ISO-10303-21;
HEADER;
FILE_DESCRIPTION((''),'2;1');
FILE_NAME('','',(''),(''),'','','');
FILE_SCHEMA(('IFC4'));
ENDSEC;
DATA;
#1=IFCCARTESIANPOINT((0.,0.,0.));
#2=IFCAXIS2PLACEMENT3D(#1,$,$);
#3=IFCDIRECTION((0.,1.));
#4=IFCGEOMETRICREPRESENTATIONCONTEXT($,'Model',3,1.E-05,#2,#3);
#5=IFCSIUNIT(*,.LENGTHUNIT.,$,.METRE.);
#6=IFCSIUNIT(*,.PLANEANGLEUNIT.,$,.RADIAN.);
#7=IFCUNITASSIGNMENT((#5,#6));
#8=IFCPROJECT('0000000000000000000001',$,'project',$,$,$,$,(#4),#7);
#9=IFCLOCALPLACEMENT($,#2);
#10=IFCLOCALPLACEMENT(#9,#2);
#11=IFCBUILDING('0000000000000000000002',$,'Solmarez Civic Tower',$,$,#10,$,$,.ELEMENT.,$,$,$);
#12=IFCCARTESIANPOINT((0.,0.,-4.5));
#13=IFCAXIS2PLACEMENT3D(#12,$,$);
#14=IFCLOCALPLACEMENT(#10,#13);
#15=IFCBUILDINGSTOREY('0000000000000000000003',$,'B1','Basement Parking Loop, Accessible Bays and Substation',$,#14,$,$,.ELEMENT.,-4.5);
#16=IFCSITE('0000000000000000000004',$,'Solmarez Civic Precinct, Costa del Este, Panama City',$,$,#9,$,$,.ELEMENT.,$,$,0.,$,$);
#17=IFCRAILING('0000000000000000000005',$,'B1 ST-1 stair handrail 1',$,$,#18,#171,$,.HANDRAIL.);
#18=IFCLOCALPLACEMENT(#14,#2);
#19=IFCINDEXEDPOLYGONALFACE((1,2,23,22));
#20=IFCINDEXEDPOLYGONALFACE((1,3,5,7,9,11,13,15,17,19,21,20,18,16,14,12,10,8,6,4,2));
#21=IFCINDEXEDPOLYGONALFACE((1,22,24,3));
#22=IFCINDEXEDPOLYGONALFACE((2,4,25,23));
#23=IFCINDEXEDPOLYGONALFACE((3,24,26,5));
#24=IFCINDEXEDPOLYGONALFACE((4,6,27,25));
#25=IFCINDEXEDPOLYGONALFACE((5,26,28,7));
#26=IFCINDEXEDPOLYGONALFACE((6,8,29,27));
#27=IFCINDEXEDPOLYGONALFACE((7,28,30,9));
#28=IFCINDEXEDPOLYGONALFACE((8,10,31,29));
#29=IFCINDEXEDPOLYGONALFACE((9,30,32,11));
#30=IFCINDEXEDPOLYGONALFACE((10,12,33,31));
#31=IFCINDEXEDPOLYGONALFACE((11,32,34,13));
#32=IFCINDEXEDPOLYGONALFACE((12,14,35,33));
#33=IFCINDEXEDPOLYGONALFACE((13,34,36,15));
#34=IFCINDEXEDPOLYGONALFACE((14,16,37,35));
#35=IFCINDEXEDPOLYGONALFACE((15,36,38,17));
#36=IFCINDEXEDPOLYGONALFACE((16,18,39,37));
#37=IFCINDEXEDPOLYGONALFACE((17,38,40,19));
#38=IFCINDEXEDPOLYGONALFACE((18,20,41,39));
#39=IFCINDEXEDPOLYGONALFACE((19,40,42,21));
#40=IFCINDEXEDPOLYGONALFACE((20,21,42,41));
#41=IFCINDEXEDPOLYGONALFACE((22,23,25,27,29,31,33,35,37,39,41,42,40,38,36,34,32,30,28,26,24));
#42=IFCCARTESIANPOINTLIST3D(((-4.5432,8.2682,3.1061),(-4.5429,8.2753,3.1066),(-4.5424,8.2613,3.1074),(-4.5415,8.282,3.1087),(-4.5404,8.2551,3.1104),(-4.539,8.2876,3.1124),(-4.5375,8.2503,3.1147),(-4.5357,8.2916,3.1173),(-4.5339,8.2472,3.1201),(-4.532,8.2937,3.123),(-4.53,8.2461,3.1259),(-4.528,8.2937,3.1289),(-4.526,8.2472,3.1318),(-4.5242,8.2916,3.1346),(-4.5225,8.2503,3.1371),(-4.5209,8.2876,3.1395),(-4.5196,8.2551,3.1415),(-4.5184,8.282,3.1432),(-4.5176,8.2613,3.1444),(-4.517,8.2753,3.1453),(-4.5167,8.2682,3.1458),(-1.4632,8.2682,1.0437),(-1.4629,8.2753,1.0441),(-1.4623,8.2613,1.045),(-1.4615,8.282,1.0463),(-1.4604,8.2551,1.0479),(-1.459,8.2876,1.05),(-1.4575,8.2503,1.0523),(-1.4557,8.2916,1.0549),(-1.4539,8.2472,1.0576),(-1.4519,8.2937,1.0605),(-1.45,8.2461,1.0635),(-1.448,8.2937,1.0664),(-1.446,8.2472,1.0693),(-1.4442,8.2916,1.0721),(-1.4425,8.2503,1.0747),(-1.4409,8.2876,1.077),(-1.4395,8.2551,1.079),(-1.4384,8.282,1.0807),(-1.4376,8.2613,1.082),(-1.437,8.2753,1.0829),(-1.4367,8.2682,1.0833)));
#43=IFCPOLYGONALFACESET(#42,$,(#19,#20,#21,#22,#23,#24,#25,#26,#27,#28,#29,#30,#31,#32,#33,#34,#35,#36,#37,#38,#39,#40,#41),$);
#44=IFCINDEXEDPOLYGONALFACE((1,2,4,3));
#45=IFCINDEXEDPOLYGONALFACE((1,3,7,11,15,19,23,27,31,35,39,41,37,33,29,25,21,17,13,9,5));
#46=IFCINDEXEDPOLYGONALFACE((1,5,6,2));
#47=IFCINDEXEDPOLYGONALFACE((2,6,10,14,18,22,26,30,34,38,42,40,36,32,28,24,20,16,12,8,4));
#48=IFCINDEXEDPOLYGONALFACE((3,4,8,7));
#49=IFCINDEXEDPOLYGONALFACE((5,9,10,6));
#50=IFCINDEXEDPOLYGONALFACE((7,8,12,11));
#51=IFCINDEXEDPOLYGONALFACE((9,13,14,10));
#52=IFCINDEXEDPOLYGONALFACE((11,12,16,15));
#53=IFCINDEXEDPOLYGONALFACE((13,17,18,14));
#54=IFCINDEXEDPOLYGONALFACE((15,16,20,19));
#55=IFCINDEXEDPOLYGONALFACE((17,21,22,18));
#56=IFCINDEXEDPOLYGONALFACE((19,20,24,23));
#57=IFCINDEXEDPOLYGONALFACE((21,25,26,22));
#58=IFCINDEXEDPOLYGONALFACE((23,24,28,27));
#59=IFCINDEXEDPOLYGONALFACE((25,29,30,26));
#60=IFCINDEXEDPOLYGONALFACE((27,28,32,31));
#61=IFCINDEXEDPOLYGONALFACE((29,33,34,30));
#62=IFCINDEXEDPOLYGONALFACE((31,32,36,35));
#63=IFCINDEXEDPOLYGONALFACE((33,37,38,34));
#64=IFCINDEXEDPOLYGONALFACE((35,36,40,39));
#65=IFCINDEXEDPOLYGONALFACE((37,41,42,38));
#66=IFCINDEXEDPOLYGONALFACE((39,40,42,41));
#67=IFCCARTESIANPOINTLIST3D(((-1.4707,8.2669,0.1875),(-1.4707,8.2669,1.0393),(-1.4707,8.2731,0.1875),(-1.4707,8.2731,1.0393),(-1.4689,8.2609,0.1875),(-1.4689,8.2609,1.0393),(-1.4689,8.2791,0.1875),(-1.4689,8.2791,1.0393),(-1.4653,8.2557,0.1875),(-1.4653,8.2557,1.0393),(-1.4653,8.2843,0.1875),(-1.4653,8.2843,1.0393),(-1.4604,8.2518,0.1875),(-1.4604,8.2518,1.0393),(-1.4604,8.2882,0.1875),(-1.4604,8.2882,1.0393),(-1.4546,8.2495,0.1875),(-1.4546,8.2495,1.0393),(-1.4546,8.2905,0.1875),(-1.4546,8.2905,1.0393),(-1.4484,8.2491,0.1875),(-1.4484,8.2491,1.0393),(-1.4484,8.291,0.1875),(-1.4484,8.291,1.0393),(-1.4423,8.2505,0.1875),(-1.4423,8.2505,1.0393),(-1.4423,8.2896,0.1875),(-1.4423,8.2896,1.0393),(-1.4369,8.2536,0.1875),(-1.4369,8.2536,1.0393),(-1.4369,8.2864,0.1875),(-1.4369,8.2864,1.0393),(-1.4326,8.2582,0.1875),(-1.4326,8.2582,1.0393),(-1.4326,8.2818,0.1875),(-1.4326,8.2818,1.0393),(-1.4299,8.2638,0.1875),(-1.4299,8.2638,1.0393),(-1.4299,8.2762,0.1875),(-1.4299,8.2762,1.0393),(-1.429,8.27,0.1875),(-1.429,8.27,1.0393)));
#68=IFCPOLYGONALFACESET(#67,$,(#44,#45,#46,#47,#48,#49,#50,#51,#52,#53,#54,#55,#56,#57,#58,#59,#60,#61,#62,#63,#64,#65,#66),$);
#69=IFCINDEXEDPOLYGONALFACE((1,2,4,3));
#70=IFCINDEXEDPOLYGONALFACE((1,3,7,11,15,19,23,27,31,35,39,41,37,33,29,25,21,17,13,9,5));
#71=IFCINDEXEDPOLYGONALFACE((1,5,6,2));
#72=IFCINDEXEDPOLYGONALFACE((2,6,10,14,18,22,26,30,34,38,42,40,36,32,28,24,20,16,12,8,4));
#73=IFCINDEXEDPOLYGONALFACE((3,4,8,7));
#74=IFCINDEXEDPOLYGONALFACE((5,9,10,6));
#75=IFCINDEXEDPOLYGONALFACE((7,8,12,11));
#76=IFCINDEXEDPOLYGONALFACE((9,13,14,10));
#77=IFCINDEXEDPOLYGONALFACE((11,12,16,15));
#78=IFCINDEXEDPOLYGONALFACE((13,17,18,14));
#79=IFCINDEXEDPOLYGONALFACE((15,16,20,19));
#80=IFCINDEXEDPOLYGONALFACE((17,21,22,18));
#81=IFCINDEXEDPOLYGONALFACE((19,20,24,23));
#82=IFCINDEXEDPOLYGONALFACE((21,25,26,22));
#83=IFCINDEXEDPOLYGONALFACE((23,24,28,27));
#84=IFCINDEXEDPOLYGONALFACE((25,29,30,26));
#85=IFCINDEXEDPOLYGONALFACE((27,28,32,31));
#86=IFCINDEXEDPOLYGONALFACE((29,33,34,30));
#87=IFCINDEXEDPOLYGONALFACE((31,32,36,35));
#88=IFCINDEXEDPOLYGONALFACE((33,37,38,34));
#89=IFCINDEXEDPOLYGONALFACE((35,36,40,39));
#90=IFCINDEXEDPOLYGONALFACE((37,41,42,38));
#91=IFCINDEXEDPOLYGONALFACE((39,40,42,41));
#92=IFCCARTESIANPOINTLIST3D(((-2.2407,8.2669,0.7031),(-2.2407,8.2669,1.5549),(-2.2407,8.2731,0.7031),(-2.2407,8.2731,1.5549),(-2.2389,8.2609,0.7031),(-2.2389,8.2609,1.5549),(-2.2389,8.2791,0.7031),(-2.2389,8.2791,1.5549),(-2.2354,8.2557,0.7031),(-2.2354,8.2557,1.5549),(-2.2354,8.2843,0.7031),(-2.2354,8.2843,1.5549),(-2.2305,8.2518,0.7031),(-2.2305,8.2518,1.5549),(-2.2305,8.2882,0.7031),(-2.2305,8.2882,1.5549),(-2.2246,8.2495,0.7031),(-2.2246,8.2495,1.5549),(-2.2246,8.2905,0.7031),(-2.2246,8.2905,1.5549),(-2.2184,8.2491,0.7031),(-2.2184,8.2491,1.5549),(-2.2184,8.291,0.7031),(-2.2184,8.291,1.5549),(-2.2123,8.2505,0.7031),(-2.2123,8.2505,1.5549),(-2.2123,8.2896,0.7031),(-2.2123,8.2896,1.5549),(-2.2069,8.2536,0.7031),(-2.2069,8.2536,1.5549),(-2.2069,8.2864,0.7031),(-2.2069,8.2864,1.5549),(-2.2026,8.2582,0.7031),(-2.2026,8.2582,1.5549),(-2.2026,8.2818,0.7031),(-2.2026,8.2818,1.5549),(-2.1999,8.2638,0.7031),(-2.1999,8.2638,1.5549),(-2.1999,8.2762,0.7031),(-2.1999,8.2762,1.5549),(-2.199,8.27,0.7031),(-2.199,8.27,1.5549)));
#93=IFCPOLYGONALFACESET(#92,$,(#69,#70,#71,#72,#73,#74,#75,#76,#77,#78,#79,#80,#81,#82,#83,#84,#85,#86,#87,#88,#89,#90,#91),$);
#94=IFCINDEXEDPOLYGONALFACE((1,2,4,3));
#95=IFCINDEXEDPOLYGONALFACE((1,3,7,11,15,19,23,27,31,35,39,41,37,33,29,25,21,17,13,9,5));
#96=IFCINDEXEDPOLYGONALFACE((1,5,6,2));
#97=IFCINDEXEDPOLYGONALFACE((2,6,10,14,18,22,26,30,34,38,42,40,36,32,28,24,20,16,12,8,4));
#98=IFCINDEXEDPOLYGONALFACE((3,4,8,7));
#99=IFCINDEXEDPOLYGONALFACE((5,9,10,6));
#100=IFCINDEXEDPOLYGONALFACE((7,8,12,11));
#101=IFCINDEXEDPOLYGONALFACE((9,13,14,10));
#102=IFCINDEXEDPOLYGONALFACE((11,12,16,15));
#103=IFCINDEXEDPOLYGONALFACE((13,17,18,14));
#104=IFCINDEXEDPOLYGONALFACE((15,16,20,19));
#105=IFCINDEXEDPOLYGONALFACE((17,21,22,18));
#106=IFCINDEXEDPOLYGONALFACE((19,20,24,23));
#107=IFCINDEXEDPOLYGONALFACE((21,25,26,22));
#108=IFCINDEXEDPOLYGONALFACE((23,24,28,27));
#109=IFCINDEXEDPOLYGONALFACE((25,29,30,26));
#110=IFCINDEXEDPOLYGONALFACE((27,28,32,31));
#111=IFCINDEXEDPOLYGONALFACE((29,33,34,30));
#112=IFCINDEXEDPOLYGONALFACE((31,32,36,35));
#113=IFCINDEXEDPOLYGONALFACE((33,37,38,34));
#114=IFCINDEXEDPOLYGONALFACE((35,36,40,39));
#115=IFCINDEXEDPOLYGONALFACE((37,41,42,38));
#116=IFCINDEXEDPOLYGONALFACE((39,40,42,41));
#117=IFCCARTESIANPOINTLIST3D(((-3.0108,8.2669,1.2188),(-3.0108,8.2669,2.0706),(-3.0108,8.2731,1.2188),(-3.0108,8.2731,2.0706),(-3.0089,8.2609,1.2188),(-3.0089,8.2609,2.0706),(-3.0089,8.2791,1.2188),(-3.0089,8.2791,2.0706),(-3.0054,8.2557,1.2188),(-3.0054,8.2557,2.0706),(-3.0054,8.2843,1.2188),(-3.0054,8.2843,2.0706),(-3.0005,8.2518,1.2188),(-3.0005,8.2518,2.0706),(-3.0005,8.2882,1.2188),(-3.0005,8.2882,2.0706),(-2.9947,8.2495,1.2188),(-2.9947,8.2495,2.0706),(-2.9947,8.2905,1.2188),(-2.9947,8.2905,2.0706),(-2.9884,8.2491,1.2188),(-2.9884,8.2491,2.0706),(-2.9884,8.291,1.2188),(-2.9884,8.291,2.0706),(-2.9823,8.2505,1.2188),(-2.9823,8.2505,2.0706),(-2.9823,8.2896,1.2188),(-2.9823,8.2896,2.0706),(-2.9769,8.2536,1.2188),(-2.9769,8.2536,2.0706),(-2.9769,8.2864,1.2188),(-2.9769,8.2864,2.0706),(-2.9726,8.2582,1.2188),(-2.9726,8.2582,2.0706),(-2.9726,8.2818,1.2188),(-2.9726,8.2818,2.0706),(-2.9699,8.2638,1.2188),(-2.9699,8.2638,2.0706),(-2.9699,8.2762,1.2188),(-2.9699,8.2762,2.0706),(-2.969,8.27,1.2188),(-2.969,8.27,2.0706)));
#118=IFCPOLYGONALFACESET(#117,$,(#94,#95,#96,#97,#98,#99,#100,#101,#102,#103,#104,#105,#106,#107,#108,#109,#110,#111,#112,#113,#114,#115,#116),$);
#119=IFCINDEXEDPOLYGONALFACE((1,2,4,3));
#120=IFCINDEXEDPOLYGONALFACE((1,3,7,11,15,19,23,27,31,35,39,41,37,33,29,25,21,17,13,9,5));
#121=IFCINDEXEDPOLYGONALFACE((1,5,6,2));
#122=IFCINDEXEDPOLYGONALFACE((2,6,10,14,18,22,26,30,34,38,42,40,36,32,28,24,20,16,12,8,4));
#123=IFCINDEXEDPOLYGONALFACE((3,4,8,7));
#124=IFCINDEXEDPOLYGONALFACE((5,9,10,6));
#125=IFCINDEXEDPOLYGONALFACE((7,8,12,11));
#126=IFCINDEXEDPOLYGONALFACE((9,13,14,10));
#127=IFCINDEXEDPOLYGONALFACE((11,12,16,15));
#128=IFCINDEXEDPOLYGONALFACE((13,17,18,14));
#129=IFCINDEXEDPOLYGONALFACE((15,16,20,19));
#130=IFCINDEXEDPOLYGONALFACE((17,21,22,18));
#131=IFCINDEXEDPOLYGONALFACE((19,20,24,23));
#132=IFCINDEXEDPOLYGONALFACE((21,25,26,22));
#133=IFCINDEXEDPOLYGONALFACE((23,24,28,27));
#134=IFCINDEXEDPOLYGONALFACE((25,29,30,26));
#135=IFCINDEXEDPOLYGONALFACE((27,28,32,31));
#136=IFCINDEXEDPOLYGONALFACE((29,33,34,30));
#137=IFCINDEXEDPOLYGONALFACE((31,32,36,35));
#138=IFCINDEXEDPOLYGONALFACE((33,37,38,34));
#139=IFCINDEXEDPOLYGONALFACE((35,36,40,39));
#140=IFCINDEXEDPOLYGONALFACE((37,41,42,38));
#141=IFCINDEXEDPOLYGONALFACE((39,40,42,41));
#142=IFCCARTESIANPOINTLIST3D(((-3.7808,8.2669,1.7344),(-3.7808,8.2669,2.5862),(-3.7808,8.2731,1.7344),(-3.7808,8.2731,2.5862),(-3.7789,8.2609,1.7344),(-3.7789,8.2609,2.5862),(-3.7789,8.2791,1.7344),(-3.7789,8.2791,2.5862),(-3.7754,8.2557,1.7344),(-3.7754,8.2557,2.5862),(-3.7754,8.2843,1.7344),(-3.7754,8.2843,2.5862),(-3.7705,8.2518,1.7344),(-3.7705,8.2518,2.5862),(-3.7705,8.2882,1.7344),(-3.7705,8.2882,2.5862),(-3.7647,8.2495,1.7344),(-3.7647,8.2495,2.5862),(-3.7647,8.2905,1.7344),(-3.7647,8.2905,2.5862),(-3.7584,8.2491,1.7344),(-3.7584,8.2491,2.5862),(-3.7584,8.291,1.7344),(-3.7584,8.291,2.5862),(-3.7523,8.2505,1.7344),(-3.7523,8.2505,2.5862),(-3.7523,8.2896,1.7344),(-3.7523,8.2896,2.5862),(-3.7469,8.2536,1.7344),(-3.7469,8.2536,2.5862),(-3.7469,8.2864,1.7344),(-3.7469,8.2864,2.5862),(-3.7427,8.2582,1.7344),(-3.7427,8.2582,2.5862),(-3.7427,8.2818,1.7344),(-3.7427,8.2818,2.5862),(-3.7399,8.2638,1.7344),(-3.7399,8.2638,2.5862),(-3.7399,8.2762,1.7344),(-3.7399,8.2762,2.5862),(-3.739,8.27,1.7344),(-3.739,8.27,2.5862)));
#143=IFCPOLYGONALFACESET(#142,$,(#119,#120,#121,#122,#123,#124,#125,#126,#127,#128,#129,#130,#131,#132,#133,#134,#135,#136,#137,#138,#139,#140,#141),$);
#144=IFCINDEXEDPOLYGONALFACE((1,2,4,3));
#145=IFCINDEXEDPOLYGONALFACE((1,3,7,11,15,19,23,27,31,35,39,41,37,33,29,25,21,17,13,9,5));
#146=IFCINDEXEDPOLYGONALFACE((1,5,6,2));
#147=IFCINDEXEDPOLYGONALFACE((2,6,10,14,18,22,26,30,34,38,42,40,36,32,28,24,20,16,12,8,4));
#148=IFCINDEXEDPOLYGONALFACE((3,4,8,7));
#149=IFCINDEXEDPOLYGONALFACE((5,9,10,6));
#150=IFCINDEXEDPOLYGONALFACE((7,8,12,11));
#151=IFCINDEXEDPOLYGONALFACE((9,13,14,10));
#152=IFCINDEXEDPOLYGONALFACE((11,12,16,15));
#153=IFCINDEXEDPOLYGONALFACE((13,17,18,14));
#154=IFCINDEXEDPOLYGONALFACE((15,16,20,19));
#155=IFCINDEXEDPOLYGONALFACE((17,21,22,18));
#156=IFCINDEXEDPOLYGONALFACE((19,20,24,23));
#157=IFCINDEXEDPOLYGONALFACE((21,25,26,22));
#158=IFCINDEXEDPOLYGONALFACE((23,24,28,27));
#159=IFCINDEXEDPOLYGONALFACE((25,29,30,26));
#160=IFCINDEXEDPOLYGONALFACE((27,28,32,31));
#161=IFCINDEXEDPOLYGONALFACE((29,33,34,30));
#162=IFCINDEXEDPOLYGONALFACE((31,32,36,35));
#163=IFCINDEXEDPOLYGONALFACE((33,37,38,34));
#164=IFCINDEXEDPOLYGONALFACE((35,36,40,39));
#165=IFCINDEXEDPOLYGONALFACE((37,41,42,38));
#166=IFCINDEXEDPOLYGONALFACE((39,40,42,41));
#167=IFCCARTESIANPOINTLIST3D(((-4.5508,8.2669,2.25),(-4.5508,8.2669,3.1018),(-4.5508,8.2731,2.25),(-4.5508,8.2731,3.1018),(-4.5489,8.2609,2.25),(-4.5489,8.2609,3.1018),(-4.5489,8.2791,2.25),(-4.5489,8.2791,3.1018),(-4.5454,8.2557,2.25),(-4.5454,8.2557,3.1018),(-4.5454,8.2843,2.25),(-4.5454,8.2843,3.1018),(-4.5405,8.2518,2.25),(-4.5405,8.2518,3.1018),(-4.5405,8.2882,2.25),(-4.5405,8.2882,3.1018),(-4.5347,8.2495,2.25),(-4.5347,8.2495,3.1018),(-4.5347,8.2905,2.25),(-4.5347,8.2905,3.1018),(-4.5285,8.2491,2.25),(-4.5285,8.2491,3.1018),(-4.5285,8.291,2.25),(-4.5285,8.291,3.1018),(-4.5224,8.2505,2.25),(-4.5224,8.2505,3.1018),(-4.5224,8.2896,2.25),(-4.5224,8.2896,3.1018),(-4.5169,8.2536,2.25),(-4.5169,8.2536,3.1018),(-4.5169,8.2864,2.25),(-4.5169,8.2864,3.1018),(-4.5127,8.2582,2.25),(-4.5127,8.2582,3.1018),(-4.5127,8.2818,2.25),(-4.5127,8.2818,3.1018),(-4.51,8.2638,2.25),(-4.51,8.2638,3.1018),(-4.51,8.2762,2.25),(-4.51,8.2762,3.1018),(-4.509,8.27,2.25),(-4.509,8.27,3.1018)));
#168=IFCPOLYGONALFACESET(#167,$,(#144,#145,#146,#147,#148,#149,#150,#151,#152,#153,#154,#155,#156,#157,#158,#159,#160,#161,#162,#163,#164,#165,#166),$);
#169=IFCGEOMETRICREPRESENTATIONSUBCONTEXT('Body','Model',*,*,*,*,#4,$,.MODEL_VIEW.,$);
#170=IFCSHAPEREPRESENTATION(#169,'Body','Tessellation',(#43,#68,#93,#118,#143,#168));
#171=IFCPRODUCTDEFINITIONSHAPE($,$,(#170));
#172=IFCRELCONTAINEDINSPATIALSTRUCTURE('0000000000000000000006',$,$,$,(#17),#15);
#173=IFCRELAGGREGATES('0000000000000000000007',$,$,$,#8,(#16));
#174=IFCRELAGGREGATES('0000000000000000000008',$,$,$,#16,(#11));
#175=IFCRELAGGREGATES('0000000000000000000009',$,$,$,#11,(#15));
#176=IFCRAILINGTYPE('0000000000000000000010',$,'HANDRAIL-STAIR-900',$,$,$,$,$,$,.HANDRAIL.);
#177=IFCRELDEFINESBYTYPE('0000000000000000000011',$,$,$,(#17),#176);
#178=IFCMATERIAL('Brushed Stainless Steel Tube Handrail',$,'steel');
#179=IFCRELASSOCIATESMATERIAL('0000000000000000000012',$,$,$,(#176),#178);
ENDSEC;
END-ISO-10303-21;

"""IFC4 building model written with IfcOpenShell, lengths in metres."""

from ifc_helpers import new_model, si_unit, direction, frame, origin, origin_2d, place, context, subcontext, project, spatial, circle, extrude, material, type_object, element, save


model = new_model("IFC4")

# Units and contexts
model_context = context("Model", 3, precision=1e-05, world=origin(), true_north=direction((0.0, 1.0)))
body_context = subcontext(model_context, "Body", "Model", "MODEL_VIEW")
ifc_project = project(units=[si_unit("LENGTHUNIT", "METRE"), si_unit("PLANEANGLEUNIT", "RADIAN")], contexts=[model_context])

# Site, building, storey
site_placement = place(None, origin())
site = spatial("IfcSite", under=ifc_project, at=site_placement, Name="Solmarez Civic Precinct, Costa del Este, Panama City", CompositionType="ELEMENT", RefElevation=0.0)
building_placement = place(site_placement, origin())
building = spatial("IfcBuilding", under=site, at=building_placement, Name="Solmarez Civic Tower", CompositionType="ELEMENT")
storey_placement = place(building_placement, frame((0.0, 0.0, -4.5)))
storey = spatial("IfcBuildingStorey", under=building, at=storey_placement, Name="B1", Description="Basement Parking Loop, Accessible Bays and Substation", CompositionType="ELEMENT", Elevation=-4.5)

# Railing
ifc_material_1 = material(Name="Brushed Stainless Steel Tube Handrail", Category="steel")
railing_type_1 = type_object("IfcRailingType", Name="HANDRAIL-STAIR-900", PredefinedType="HANDRAIL", material=ifc_material_1)
railing_1_placement = place(storey_placement, frame((-1.45, 8.27, 0.1875)))
element("IfcRailing", 1, at=railing_1_placement, inside=storey, type_object=railing_type_1, Name="B1 ST-1 stair handrail 1", PredefinedType="HANDRAIL", context=body_context, shape_type="SweptSolid", body=[
    extrude(circle(Radius=0.0239, at=origin_2d()), frame((0.0, 0.0, 0.876), z_axis=(-0.830914, 0.0, 0.556401), x_axis=(0.0, -1.0, 0.0)), (0.0, 0.0, 1.0), 3.7068),
    extrude(circle(Radius=0.021, at=origin_2d()), origin(), (0.0, 0.0, 1.0), 0.8518),
    extrude(circle(Radius=0.021, at=origin_2d()), frame((-0.77, 0.0, 0.5156)), (0.0, 0.0, 1.0), 0.8518),
    extrude(circle(Radius=0.021, at=origin_2d()), frame((-1.54, 0.0, 1.0312)), (0.0, 0.0, 1.0), 0.8518),
    extrude(circle(Radius=0.021, at=origin_2d()), frame((-2.3101, 0.0, 1.5469)), (0.0, 0.0, 1.0), 0.8518),
    extrude(circle(Radius=0.021, at=origin_2d()), frame((-3.0801, 0.0, 2.0625)), (0.0, 0.0, 1.0), 0.8518),
])

save(model, "model.ifc")
